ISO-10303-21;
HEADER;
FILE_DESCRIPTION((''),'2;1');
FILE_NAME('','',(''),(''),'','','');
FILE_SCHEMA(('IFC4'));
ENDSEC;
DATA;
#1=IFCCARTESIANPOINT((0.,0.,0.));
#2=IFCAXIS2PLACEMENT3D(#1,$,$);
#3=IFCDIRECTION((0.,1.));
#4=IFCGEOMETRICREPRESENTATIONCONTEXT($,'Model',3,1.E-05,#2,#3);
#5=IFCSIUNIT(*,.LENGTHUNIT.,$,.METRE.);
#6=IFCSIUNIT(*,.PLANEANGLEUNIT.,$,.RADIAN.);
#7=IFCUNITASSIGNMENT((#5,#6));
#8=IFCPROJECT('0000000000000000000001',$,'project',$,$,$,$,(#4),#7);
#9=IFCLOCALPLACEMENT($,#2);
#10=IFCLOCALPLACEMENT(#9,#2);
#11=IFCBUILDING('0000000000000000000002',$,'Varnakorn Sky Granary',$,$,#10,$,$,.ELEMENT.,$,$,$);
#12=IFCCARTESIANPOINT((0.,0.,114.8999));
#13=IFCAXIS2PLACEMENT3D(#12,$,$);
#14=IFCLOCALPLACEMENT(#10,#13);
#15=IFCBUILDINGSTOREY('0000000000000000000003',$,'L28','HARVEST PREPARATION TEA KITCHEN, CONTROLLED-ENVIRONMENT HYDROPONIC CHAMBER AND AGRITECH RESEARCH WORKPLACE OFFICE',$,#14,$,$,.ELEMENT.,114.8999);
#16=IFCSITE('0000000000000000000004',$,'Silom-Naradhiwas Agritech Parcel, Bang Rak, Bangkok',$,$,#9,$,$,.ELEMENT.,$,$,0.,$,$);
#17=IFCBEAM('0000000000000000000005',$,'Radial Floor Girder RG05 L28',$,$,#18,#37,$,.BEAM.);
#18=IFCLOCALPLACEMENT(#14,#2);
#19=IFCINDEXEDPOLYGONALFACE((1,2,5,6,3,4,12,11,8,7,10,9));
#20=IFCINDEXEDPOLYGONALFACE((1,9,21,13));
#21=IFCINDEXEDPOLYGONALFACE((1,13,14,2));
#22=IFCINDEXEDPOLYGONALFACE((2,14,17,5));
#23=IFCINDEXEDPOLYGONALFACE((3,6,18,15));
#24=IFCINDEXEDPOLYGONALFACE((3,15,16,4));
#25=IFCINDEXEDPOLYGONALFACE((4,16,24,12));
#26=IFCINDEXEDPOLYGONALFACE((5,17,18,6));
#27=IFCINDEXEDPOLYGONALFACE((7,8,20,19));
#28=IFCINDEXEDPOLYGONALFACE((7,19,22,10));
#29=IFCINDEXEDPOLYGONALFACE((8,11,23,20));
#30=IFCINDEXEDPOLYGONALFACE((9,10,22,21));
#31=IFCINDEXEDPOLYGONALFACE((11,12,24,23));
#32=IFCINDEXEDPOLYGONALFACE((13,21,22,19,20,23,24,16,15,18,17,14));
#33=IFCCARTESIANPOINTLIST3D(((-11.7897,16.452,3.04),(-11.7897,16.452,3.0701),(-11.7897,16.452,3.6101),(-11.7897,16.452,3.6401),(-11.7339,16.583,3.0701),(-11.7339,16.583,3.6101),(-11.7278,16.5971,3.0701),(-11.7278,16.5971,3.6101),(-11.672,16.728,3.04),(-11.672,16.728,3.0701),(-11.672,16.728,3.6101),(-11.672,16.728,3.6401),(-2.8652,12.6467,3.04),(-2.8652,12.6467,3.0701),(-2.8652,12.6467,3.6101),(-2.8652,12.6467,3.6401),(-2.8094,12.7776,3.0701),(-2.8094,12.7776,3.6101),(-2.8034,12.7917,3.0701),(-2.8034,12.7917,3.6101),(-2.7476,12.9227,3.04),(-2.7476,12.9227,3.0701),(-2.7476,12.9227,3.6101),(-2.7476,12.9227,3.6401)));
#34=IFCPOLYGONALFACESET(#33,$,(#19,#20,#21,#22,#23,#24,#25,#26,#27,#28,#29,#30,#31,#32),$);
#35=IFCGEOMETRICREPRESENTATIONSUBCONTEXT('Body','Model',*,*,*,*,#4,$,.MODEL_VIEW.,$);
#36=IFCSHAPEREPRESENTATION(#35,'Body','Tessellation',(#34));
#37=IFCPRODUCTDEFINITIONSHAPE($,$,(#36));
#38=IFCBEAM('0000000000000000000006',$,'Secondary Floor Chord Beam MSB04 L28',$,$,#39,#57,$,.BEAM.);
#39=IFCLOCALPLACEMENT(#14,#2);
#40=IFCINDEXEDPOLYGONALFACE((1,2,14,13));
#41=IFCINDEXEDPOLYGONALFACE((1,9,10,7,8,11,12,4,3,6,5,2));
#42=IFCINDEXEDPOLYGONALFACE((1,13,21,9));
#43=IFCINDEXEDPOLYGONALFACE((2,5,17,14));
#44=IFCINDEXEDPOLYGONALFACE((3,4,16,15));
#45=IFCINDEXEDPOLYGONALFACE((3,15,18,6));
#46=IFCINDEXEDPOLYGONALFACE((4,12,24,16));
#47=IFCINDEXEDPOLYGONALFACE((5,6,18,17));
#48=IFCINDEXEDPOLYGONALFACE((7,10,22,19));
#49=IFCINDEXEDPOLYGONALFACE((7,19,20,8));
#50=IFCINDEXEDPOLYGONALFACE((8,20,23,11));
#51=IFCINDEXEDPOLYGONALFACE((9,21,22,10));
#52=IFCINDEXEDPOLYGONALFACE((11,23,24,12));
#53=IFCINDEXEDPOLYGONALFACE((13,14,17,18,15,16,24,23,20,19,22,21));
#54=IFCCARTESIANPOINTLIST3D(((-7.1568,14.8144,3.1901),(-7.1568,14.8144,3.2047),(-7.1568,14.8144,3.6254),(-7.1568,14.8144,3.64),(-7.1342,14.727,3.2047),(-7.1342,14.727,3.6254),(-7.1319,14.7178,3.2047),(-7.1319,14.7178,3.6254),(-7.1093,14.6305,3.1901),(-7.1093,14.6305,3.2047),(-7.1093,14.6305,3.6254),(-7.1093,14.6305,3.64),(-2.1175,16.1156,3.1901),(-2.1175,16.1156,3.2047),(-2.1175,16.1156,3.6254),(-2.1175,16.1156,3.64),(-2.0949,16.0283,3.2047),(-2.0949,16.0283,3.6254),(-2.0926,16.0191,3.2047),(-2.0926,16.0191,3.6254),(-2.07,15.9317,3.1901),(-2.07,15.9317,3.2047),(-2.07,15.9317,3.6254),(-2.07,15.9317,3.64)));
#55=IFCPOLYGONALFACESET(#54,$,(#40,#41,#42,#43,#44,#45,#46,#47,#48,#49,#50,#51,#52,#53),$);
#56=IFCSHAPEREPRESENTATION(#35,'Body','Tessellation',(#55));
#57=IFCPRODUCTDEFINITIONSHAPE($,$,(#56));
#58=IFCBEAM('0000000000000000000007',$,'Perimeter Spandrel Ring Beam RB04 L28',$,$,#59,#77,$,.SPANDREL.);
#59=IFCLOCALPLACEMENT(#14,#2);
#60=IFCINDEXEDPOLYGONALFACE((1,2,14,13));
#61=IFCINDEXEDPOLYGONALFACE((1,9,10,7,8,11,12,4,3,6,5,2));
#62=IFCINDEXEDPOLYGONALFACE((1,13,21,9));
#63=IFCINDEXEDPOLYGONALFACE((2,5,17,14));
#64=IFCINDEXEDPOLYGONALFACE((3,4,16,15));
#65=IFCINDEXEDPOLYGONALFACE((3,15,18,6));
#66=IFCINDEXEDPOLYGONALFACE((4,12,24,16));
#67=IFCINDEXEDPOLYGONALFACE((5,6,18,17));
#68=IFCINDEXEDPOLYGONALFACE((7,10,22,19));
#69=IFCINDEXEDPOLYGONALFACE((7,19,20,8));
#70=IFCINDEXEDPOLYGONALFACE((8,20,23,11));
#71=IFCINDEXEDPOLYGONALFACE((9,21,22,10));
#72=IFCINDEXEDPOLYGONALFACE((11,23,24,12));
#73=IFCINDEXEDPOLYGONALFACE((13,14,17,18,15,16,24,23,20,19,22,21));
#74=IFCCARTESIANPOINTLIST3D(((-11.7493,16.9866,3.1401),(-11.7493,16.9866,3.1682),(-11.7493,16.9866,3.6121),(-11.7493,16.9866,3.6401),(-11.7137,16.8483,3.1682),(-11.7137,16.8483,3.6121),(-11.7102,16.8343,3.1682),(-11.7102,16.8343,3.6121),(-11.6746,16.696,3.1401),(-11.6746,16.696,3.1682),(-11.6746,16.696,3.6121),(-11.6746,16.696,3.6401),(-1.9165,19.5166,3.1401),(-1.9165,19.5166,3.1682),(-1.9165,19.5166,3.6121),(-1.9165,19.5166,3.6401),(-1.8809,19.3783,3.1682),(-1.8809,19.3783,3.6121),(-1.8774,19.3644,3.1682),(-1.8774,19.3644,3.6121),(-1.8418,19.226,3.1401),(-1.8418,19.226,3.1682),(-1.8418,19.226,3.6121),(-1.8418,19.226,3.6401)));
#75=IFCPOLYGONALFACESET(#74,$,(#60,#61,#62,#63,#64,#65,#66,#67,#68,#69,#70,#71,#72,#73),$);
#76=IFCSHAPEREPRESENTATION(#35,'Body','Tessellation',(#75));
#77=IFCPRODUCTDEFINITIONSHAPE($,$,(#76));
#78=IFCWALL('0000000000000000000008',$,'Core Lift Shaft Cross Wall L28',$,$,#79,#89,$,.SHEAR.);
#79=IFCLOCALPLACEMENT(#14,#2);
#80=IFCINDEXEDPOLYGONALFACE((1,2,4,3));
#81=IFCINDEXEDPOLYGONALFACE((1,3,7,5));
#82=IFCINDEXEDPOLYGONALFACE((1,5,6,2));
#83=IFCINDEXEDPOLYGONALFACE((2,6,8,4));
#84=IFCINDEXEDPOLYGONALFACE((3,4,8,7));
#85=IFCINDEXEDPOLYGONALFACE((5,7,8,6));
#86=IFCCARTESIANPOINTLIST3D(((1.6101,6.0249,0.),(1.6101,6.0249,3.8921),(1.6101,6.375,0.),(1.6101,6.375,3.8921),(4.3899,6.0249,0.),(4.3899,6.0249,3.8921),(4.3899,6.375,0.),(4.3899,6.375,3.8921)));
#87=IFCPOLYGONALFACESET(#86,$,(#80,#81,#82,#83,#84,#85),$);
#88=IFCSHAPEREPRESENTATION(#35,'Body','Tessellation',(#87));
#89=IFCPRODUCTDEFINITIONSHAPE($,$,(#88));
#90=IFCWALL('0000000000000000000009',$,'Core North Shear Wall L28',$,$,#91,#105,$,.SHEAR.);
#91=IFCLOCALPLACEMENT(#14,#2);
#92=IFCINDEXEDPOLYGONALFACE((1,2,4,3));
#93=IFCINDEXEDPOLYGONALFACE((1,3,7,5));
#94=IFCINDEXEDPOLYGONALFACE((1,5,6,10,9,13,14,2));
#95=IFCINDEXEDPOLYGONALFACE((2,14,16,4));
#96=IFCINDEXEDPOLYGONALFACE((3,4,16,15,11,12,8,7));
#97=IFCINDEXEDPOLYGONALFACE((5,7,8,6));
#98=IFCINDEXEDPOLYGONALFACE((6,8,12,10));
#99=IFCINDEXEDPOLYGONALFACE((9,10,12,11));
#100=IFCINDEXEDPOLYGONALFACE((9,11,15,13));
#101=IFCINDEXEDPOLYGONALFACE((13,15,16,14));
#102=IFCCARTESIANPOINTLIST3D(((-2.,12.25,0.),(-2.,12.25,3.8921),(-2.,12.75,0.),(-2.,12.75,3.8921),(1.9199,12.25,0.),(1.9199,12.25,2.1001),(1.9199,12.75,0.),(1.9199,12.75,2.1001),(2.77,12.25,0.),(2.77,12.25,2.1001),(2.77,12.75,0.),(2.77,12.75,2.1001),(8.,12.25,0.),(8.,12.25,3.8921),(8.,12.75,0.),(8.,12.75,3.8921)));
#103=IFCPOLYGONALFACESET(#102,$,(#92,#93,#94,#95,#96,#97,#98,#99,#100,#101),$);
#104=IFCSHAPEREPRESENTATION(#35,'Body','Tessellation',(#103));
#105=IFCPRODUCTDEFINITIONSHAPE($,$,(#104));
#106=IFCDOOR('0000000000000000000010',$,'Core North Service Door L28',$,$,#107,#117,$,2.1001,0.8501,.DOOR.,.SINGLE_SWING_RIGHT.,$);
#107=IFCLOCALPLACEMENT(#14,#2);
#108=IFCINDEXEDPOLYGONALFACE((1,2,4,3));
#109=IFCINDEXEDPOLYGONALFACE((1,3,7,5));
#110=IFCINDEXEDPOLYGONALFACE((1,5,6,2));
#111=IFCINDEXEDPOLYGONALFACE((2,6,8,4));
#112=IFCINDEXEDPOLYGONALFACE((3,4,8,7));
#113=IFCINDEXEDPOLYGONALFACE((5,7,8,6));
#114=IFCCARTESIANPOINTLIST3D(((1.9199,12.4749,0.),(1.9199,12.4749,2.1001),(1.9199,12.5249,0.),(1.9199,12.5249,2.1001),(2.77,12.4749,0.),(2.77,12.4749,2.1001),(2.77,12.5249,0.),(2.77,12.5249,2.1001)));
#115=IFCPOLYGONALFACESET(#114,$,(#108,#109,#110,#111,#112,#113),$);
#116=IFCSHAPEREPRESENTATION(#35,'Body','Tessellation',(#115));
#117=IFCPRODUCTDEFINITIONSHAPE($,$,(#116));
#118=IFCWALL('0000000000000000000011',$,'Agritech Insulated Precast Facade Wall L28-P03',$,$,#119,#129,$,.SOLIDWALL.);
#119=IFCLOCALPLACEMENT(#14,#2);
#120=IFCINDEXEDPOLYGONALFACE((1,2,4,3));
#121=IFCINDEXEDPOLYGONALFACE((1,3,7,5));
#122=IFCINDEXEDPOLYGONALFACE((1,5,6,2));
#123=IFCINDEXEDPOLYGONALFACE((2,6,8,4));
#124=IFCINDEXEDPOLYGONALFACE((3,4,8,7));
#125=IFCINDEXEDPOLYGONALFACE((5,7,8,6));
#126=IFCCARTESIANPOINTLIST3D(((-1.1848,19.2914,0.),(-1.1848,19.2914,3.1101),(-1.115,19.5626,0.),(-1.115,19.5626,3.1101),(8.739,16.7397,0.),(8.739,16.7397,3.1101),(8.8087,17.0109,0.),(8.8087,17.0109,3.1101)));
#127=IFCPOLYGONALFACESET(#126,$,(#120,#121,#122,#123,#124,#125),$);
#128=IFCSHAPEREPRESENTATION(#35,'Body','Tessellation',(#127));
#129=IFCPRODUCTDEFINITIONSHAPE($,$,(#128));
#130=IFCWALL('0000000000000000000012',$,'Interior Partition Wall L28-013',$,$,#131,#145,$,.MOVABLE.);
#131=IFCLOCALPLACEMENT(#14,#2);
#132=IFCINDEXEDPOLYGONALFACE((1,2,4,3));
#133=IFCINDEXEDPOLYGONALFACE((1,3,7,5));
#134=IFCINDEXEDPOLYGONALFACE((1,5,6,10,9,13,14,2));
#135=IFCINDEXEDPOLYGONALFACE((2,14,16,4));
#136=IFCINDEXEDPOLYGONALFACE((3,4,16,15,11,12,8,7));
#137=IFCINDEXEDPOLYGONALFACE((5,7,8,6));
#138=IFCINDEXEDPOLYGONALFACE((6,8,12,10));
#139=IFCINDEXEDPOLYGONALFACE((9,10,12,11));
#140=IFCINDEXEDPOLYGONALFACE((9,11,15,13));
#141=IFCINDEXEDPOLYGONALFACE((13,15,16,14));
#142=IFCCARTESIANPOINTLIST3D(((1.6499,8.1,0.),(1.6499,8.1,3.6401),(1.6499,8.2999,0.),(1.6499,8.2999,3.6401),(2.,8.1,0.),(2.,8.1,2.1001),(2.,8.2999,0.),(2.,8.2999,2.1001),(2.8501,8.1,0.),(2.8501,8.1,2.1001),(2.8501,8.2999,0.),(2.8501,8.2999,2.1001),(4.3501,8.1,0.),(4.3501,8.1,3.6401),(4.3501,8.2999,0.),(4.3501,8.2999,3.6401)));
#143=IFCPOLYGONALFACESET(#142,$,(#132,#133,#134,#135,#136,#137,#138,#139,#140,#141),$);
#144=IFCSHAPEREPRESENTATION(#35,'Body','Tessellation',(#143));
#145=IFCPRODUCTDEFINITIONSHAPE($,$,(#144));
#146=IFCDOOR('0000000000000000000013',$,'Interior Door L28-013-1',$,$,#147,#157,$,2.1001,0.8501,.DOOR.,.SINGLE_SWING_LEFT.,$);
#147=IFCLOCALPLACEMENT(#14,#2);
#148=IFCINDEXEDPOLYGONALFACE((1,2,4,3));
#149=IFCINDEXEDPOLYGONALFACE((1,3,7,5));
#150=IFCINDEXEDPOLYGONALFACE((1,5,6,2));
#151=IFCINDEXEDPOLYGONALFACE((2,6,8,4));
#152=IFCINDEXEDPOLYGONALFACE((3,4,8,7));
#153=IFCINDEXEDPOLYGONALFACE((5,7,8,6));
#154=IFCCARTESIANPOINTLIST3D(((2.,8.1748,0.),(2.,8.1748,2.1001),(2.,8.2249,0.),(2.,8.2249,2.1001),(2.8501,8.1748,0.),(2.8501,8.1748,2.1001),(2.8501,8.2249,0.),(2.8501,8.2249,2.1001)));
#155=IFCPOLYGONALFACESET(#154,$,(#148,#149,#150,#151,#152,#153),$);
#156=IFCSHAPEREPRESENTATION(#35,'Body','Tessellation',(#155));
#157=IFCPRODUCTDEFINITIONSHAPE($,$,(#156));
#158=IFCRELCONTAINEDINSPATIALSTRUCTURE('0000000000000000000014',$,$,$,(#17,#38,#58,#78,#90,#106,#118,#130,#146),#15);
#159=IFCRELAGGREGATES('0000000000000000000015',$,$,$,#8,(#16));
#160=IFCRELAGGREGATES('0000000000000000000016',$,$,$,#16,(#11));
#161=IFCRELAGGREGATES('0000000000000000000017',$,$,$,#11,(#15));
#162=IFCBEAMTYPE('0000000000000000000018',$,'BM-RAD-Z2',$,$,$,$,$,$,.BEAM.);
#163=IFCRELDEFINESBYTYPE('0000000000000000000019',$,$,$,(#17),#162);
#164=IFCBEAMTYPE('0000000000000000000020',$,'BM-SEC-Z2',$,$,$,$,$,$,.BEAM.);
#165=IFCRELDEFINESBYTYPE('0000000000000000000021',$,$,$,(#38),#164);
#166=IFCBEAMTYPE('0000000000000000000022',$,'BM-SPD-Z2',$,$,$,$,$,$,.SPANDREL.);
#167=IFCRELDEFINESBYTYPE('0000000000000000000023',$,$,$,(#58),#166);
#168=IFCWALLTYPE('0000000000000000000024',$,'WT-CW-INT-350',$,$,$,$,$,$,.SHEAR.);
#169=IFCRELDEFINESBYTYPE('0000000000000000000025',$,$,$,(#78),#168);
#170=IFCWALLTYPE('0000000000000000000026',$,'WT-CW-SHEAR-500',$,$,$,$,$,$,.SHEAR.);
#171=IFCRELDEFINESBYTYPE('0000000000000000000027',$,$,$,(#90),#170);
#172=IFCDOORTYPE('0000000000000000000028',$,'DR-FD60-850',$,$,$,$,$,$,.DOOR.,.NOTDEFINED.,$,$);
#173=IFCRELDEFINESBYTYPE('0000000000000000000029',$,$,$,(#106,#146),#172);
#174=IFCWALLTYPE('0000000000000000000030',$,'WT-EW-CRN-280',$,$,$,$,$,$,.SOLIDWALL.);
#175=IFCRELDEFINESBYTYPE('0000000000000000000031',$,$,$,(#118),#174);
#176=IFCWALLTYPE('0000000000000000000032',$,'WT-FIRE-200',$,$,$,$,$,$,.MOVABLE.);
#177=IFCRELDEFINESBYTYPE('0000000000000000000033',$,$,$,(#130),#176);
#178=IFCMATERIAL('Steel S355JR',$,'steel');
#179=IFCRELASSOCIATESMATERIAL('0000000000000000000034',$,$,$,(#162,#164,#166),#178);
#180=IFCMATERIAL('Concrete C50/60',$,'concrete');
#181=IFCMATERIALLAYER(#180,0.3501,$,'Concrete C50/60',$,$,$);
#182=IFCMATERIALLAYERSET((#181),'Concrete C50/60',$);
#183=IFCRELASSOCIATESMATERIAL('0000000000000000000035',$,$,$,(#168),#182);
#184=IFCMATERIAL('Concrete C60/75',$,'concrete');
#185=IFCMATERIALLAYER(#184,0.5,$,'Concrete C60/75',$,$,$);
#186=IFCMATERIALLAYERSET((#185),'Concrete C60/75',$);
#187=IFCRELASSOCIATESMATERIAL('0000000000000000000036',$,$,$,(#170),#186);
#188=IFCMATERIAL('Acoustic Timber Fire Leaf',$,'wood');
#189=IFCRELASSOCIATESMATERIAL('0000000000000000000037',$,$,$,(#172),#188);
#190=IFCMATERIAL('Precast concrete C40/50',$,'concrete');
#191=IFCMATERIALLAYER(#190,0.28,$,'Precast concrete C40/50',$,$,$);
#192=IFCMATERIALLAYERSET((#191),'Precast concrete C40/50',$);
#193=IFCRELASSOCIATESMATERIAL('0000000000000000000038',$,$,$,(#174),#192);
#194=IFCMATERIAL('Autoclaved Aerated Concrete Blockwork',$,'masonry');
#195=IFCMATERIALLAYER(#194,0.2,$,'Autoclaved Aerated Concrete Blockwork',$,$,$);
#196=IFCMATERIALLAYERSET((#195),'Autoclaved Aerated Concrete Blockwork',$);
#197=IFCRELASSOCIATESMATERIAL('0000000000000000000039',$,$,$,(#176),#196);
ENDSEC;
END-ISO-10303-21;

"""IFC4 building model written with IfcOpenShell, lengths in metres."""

from ifc_helpers import new_model, si_unit, direction, frame, frame_2d, origin, origin_2d, place, context, subcontext, project, spatial, rectangle, i_section, extrude, material, layer, layer_set, material_profile, profile_set, type_object, element, fill, save


model = new_model("IFC4")

# Units and contexts
model_context = context("Model", 3, precision=1e-05, world=origin(), true_north=direction((0.0, 1.0)))
body_context = subcontext(model_context, "Body", "Model", "MODEL_VIEW")
ifc_project = project(units=[si_unit("LENGTHUNIT", "METRE"), si_unit("PLANEANGLEUNIT", "RADIAN")], contexts=[model_context])

# Site, building, storey
site_placement = place(None, origin())
site = spatial("IfcSite", under=ifc_project, at=site_placement, Name="Silom-Naradhiwas Agritech Parcel, Bang Rak, Bangkok", CompositionType="ELEMENT", RefElevation=0.0)
building_placement = place(site_placement, origin())
building = spatial("IfcBuilding", under=site, at=building_placement, Name="Varnakorn Sky Granary", CompositionType="ELEMENT")
storey_placement = place(building_placement, frame((0.0, 0.0, 114.8999)))
storey = spatial("IfcBuildingStorey", under=building, at=storey_placement, Name="L28", Description="HARVEST PREPARATION TEA KITCHEN, CONTROLLED-ENVIRONMENT HYDROPONIC CHAMBER AND AGRITECH RESEARCH WORKPLACE OFFICE", CompositionType="ELEMENT", Elevation=114.8999)

# Shared definitions
ifc_material_1 = material(Name="Concrete C60/75", Category="concrete")

# Beams
ifc_material_2 = material(Name="Steel S355JR", Category="steel")
ifc_material_profile_1 = material_profile(ifc_material_2, i_section(OverallWidth=0.3, OverallDepth=0.6001, WebThickness=0.0154, FlangeThickness=0.03, at=origin_2d()), Name="HE 600 B")
ifc_profile_set_1 = profile_set([ifc_material_profile_1], Name="Steel S355JR")
beam_type_1 = type_object("IfcBeamType", Name="BM-RAD-Z2", PredefinedType="BEAM", material=ifc_profile_set_1)
beam_1_placement = place(storey_placement, frame((-2.8064, 12.7847, 3.3401), z_axis=(-0.919867, 0.39223, 0.0), x_axis=(-0.39223, -0.919867, 0.0)))
element("IfcBeam", 1, at=beam_1_placement, inside=storey, type_object=beam_type_1, Name="Radial Floor Girder RG05 L28", PredefinedType="BEAM", context=body_context, shape_type="SweptSolid", body=[
    extrude(i_section(OverallWidth=0.3, OverallDepth=0.6001, WebThickness=0.0154, FlangeThickness=0.03, at=origin_2d()), origin(), (0.0, 0.0, 1.0), 9.7019),
])
ifc_material_profile_2 = material_profile(ifc_material_2, i_section(OverallWidth=0.1899, OverallDepth=0.45, WebThickness=0.0095, FlangeThickness=0.0146, at=origin_2d()), Name="IPE 450")
ifc_profile_set_2 = profile_set([ifc_material_profile_2], Name="Steel S355JR")
beam_type_2 = type_object("IfcBeamType", Name="BM-SEC-Z2", PredefinedType="BEAM", material=ifc_profile_set_2)
beam_2_placement = place(storey_placement, frame((-2.0938, 16.0237, 3.415), z_axis=(-0.96824, -0.250023, 0.0), x_axis=(0.250023, -0.96824, 0.0)))
element("IfcBeam", 2, at=beam_2_placement, inside=storey, type_object=beam_type_2, Name="Secondary Floor Chord Beam MSB04 L28", PredefinedType="BEAM", context=body_context, shape_type="SweptSolid", body=[
    extrude(i_section(OverallWidth=0.1899, OverallDepth=0.45, WebThickness=0.0095, FlangeThickness=0.0146, at=origin_2d()), origin(), (0.0, 0.0, 1.0), 5.2046),
])
ifc_material_profile_3 = material_profile(ifc_material_2, i_section(OverallWidth=0.3, OverallDepth=0.5, WebThickness=0.0144, FlangeThickness=0.0281, at=origin_2d()), Name="HE 500 B")
ifc_profile_set_3 = profile_set([ifc_material_profile_3], Name="Steel S355JR")
beam_type_3 = type_object("IfcBeamType", Name="BM-SPD-Z2", PredefinedType="SPANDREL", material=ifc_profile_set_3)
beam_3_placement = place(storey_placement, frame((-1.8792, 19.3713, 3.3901), z_axis=(-0.968455, -0.249189, 0.0), x_axis=(0.249189, -0.968455, 0.0)))
element("IfcBeam", 3, at=beam_3_placement, inside=storey, type_object=beam_type_3, Name="Perimeter Spandrel Ring Beam RB04 L28", PredefinedType="SPANDREL", context=body_context, shape_type="SweptSolid", body=[
    extrude(i_section(OverallWidth=0.3, OverallDepth=0.5, WebThickness=0.0144, FlangeThickness=0.0281, at=origin_2d()), origin(), (0.0, 0.0, 1.0), 10.1531),
])

# Wall
ifc_material_3 = material(Name="Concrete C50/60", Category="concrete")
ifc_layer_1 = layer(ifc_material_3, 0.3501, Name="Concrete C50/60")
ifc_layer_set_1 = layer_set([ifc_layer_1], Name="Concrete C50/60")
wall_type_1 = type_object("IfcWallType", Name="WT-CW-INT-350", PredefinedType="SHEAR", material=ifc_layer_set_1)
wall_1_placement = place(storey_placement, frame((1.6101, 6.2, 0.0), z_axis=(0.0, 0.0, 1.0), x_axis=(1.0, 0.0, 0.0)))
element("IfcWall", 4, at=wall_1_placement, inside=storey, type_object=wall_type_1, Name="Core Lift Shaft Cross Wall L28", PredefinedType="SHEAR", context=body_context, shape_type="SweptSolid", body=[
    extrude(rectangle(XDim=2.7798, YDim=0.3501, at=frame_2d((1.3899, 0.0))), origin(), (0.0, 0.0, 1.0), 3.8921),
])

# Wall, opening, door
ifc_layer_2 = layer(ifc_material_1, 0.5, Name="Concrete C60/75")
ifc_layer_set_2 = layer_set([ifc_layer_2], Name="Concrete C60/75")
wall_type_2 = type_object("IfcWallType", Name="WT-CW-SHEAR-500", PredefinedType="SHEAR", material=ifc_layer_set_2)
wall_2_placement = place(storey_placement, frame((-2.0, 12.5, 0.0), z_axis=(0.0, 0.0, 1.0), x_axis=(1.0, 0.0, 0.0)))
wall_2 = element("IfcWall", 5, at=wall_2_placement, inside=storey, type_object=wall_type_2, Name="Core North Shear Wall L28", PredefinedType="SHEAR", context=body_context, shape_type="SweptSolid", body=[
    extrude(rectangle(XDim=10.0, YDim=0.5, at=frame_2d((5.0, 0.0))), origin(), (0.0, 0.0, 1.0), 3.8921),
])
opening_1_placement = place(wall_2_placement, frame((3.9199, 0.0, 0.0)))
opening_1 = element("IfcOpeningElement", 6, at=opening_1_placement, cuts=wall_2, PredefinedType="OPENING", context=body_context, shape_type="SweptSolid", body=[
    extrude(rectangle(XDim=0.8501, YDim=2.1001, at=frame_2d((0.425, 1.05))), frame((0.0, 0.26, 0.0), z_axis=(0.0, -1.0, 0.0), x_axis=(1.0, 0.0, 0.0)), (0.0, 0.0, 1.0), 0.52),
])
ifc_material_4 = material(Name="Acoustic Timber Fire Leaf", Category="wood")
door_type = type_object("IfcDoorType", Name="DR-FD60-850", OperationType="NOTDEFINED", PredefinedType="DOOR", material=ifc_material_4)
door_1_placement = place(opening_1_placement, origin())
door_1 = element("IfcDoor", 7, at=door_1_placement, inside=storey, type_object=door_type, Name="Core North Service Door L28", OperationType="SINGLE_SWING_RIGHT", OverallHeight=2.1001, OverallWidth=0.8501, PredefinedType="DOOR", context=body_context, shape_type="SweptSolid", body=[
    extrude(rectangle(XDim=0.8501, YDim=2.1001, at=frame_2d((0.425, 1.05))), frame((0.0, 0.0249, 0.0), z_axis=(0.0, -1.0, 0.0), x_axis=(1.0, 0.0, 0.0)), (0.0, 0.0, 1.0), 0.05),
])
fill(opening_1, door_1)

# Wall
ifc_material_5 = material(Name="Precast concrete C40/50", Category="concrete")
ifc_layer_3 = layer(ifc_material_5, 0.28, Name="Precast concrete C40/50")
ifc_layer_set_3 = layer_set([ifc_layer_3], Name="Precast concrete C40/50")
wall_type_3 = type_object("IfcWallType", Name="WT-EW-CRN-280", PredefinedType="SOLIDWALL", material=ifc_layer_set_3)
wall_3_placement = place(storey_placement, frame((-1.1499, 19.427, 0.0), z_axis=(0.0, 0.0, 1.0), x_axis=(0.968495, -0.249033, 0.0)))
element("IfcWall", 8, at=wall_3_placement, inside=storey, type_object=wall_type_3, Name="Agritech Insulated Precast Facade Wall L28-P03", PredefinedType="SOLIDWALL", context=body_context, shape_type="SweptSolid", body=[
    extrude(rectangle(XDim=10.2466, YDim=0.28, at=frame_2d((5.1233, 0.0))), origin(), (0.0, 0.0, 1.0), 3.1101),
])

# Wall, opening, door
ifc_material_6 = material(Name="Autoclaved Aerated Concrete Blockwork", Category="masonry")
ifc_layer_4 = layer(ifc_material_6, 0.2, Name="Autoclaved Aerated Concrete Blockwork")
ifc_layer_set_4 = layer_set([ifc_layer_4], Name="Autoclaved Aerated Concrete Blockwork")
wall_type_4 = type_object("IfcWallType", Name="WT-FIRE-200", PredefinedType="MOVABLE", material=ifc_layer_set_4)
wall_4_placement = place(storey_placement, frame((1.6499, 8.2, 0.0), z_axis=(0.0, 0.0, 1.0), x_axis=(1.0, 0.0, 0.0)))
wall_4 = element("IfcWall", 9, at=wall_4_placement, inside=storey, type_object=wall_type_4, Name="Interior Partition Wall L28-013", PredefinedType="MOVABLE", context=body_context, shape_type="SweptSolid", body=[
    extrude(rectangle(XDim=2.7002, YDim=0.2, at=frame_2d((1.3501, 0.0))), origin(), (0.0, 0.0, 1.0), 3.6401),
])
opening_2_placement = place(wall_4_placement, frame((0.3501, 0.0, 0.0)))
opening_2 = element("IfcOpeningElement", 10, at=opening_2_placement, cuts=wall_4, PredefinedType="OPENING", context=body_context, shape_type="SweptSolid", body=[
    extrude(rectangle(XDim=0.8501, YDim=2.1001, at=frame_2d((0.425, 1.05))), frame((0.0, 0.1099, 0.0), z_axis=(0.0, -1.0, 0.0), x_axis=(1.0, 0.0, 0.0)), (0.0, 0.0, 1.0), 0.22),
])
door_2_placement = place(opening_2_placement, origin())
door_2 = element("IfcDoor", 11, at=door_2_placement, inside=storey, type_object=door_type, Name="Interior Door L28-013-1", OperationType="SINGLE_SWING_LEFT", OverallHeight=2.1001, OverallWidth=0.8501, PredefinedType="DOOR", context=body_context, shape_type="SweptSolid", body=[
    extrude(rectangle(XDim=0.8501, YDim=2.1001, at=frame_2d((0.425, 1.05))), frame((0.0, 0.0249, 0.0), z_axis=(0.0, -1.0, 0.0), x_axis=(1.0, 0.0, 0.0)), (0.0, 0.0, 1.0), 0.05),
])
fill(opening_2, door_2)

save(model, "model.ifc")
